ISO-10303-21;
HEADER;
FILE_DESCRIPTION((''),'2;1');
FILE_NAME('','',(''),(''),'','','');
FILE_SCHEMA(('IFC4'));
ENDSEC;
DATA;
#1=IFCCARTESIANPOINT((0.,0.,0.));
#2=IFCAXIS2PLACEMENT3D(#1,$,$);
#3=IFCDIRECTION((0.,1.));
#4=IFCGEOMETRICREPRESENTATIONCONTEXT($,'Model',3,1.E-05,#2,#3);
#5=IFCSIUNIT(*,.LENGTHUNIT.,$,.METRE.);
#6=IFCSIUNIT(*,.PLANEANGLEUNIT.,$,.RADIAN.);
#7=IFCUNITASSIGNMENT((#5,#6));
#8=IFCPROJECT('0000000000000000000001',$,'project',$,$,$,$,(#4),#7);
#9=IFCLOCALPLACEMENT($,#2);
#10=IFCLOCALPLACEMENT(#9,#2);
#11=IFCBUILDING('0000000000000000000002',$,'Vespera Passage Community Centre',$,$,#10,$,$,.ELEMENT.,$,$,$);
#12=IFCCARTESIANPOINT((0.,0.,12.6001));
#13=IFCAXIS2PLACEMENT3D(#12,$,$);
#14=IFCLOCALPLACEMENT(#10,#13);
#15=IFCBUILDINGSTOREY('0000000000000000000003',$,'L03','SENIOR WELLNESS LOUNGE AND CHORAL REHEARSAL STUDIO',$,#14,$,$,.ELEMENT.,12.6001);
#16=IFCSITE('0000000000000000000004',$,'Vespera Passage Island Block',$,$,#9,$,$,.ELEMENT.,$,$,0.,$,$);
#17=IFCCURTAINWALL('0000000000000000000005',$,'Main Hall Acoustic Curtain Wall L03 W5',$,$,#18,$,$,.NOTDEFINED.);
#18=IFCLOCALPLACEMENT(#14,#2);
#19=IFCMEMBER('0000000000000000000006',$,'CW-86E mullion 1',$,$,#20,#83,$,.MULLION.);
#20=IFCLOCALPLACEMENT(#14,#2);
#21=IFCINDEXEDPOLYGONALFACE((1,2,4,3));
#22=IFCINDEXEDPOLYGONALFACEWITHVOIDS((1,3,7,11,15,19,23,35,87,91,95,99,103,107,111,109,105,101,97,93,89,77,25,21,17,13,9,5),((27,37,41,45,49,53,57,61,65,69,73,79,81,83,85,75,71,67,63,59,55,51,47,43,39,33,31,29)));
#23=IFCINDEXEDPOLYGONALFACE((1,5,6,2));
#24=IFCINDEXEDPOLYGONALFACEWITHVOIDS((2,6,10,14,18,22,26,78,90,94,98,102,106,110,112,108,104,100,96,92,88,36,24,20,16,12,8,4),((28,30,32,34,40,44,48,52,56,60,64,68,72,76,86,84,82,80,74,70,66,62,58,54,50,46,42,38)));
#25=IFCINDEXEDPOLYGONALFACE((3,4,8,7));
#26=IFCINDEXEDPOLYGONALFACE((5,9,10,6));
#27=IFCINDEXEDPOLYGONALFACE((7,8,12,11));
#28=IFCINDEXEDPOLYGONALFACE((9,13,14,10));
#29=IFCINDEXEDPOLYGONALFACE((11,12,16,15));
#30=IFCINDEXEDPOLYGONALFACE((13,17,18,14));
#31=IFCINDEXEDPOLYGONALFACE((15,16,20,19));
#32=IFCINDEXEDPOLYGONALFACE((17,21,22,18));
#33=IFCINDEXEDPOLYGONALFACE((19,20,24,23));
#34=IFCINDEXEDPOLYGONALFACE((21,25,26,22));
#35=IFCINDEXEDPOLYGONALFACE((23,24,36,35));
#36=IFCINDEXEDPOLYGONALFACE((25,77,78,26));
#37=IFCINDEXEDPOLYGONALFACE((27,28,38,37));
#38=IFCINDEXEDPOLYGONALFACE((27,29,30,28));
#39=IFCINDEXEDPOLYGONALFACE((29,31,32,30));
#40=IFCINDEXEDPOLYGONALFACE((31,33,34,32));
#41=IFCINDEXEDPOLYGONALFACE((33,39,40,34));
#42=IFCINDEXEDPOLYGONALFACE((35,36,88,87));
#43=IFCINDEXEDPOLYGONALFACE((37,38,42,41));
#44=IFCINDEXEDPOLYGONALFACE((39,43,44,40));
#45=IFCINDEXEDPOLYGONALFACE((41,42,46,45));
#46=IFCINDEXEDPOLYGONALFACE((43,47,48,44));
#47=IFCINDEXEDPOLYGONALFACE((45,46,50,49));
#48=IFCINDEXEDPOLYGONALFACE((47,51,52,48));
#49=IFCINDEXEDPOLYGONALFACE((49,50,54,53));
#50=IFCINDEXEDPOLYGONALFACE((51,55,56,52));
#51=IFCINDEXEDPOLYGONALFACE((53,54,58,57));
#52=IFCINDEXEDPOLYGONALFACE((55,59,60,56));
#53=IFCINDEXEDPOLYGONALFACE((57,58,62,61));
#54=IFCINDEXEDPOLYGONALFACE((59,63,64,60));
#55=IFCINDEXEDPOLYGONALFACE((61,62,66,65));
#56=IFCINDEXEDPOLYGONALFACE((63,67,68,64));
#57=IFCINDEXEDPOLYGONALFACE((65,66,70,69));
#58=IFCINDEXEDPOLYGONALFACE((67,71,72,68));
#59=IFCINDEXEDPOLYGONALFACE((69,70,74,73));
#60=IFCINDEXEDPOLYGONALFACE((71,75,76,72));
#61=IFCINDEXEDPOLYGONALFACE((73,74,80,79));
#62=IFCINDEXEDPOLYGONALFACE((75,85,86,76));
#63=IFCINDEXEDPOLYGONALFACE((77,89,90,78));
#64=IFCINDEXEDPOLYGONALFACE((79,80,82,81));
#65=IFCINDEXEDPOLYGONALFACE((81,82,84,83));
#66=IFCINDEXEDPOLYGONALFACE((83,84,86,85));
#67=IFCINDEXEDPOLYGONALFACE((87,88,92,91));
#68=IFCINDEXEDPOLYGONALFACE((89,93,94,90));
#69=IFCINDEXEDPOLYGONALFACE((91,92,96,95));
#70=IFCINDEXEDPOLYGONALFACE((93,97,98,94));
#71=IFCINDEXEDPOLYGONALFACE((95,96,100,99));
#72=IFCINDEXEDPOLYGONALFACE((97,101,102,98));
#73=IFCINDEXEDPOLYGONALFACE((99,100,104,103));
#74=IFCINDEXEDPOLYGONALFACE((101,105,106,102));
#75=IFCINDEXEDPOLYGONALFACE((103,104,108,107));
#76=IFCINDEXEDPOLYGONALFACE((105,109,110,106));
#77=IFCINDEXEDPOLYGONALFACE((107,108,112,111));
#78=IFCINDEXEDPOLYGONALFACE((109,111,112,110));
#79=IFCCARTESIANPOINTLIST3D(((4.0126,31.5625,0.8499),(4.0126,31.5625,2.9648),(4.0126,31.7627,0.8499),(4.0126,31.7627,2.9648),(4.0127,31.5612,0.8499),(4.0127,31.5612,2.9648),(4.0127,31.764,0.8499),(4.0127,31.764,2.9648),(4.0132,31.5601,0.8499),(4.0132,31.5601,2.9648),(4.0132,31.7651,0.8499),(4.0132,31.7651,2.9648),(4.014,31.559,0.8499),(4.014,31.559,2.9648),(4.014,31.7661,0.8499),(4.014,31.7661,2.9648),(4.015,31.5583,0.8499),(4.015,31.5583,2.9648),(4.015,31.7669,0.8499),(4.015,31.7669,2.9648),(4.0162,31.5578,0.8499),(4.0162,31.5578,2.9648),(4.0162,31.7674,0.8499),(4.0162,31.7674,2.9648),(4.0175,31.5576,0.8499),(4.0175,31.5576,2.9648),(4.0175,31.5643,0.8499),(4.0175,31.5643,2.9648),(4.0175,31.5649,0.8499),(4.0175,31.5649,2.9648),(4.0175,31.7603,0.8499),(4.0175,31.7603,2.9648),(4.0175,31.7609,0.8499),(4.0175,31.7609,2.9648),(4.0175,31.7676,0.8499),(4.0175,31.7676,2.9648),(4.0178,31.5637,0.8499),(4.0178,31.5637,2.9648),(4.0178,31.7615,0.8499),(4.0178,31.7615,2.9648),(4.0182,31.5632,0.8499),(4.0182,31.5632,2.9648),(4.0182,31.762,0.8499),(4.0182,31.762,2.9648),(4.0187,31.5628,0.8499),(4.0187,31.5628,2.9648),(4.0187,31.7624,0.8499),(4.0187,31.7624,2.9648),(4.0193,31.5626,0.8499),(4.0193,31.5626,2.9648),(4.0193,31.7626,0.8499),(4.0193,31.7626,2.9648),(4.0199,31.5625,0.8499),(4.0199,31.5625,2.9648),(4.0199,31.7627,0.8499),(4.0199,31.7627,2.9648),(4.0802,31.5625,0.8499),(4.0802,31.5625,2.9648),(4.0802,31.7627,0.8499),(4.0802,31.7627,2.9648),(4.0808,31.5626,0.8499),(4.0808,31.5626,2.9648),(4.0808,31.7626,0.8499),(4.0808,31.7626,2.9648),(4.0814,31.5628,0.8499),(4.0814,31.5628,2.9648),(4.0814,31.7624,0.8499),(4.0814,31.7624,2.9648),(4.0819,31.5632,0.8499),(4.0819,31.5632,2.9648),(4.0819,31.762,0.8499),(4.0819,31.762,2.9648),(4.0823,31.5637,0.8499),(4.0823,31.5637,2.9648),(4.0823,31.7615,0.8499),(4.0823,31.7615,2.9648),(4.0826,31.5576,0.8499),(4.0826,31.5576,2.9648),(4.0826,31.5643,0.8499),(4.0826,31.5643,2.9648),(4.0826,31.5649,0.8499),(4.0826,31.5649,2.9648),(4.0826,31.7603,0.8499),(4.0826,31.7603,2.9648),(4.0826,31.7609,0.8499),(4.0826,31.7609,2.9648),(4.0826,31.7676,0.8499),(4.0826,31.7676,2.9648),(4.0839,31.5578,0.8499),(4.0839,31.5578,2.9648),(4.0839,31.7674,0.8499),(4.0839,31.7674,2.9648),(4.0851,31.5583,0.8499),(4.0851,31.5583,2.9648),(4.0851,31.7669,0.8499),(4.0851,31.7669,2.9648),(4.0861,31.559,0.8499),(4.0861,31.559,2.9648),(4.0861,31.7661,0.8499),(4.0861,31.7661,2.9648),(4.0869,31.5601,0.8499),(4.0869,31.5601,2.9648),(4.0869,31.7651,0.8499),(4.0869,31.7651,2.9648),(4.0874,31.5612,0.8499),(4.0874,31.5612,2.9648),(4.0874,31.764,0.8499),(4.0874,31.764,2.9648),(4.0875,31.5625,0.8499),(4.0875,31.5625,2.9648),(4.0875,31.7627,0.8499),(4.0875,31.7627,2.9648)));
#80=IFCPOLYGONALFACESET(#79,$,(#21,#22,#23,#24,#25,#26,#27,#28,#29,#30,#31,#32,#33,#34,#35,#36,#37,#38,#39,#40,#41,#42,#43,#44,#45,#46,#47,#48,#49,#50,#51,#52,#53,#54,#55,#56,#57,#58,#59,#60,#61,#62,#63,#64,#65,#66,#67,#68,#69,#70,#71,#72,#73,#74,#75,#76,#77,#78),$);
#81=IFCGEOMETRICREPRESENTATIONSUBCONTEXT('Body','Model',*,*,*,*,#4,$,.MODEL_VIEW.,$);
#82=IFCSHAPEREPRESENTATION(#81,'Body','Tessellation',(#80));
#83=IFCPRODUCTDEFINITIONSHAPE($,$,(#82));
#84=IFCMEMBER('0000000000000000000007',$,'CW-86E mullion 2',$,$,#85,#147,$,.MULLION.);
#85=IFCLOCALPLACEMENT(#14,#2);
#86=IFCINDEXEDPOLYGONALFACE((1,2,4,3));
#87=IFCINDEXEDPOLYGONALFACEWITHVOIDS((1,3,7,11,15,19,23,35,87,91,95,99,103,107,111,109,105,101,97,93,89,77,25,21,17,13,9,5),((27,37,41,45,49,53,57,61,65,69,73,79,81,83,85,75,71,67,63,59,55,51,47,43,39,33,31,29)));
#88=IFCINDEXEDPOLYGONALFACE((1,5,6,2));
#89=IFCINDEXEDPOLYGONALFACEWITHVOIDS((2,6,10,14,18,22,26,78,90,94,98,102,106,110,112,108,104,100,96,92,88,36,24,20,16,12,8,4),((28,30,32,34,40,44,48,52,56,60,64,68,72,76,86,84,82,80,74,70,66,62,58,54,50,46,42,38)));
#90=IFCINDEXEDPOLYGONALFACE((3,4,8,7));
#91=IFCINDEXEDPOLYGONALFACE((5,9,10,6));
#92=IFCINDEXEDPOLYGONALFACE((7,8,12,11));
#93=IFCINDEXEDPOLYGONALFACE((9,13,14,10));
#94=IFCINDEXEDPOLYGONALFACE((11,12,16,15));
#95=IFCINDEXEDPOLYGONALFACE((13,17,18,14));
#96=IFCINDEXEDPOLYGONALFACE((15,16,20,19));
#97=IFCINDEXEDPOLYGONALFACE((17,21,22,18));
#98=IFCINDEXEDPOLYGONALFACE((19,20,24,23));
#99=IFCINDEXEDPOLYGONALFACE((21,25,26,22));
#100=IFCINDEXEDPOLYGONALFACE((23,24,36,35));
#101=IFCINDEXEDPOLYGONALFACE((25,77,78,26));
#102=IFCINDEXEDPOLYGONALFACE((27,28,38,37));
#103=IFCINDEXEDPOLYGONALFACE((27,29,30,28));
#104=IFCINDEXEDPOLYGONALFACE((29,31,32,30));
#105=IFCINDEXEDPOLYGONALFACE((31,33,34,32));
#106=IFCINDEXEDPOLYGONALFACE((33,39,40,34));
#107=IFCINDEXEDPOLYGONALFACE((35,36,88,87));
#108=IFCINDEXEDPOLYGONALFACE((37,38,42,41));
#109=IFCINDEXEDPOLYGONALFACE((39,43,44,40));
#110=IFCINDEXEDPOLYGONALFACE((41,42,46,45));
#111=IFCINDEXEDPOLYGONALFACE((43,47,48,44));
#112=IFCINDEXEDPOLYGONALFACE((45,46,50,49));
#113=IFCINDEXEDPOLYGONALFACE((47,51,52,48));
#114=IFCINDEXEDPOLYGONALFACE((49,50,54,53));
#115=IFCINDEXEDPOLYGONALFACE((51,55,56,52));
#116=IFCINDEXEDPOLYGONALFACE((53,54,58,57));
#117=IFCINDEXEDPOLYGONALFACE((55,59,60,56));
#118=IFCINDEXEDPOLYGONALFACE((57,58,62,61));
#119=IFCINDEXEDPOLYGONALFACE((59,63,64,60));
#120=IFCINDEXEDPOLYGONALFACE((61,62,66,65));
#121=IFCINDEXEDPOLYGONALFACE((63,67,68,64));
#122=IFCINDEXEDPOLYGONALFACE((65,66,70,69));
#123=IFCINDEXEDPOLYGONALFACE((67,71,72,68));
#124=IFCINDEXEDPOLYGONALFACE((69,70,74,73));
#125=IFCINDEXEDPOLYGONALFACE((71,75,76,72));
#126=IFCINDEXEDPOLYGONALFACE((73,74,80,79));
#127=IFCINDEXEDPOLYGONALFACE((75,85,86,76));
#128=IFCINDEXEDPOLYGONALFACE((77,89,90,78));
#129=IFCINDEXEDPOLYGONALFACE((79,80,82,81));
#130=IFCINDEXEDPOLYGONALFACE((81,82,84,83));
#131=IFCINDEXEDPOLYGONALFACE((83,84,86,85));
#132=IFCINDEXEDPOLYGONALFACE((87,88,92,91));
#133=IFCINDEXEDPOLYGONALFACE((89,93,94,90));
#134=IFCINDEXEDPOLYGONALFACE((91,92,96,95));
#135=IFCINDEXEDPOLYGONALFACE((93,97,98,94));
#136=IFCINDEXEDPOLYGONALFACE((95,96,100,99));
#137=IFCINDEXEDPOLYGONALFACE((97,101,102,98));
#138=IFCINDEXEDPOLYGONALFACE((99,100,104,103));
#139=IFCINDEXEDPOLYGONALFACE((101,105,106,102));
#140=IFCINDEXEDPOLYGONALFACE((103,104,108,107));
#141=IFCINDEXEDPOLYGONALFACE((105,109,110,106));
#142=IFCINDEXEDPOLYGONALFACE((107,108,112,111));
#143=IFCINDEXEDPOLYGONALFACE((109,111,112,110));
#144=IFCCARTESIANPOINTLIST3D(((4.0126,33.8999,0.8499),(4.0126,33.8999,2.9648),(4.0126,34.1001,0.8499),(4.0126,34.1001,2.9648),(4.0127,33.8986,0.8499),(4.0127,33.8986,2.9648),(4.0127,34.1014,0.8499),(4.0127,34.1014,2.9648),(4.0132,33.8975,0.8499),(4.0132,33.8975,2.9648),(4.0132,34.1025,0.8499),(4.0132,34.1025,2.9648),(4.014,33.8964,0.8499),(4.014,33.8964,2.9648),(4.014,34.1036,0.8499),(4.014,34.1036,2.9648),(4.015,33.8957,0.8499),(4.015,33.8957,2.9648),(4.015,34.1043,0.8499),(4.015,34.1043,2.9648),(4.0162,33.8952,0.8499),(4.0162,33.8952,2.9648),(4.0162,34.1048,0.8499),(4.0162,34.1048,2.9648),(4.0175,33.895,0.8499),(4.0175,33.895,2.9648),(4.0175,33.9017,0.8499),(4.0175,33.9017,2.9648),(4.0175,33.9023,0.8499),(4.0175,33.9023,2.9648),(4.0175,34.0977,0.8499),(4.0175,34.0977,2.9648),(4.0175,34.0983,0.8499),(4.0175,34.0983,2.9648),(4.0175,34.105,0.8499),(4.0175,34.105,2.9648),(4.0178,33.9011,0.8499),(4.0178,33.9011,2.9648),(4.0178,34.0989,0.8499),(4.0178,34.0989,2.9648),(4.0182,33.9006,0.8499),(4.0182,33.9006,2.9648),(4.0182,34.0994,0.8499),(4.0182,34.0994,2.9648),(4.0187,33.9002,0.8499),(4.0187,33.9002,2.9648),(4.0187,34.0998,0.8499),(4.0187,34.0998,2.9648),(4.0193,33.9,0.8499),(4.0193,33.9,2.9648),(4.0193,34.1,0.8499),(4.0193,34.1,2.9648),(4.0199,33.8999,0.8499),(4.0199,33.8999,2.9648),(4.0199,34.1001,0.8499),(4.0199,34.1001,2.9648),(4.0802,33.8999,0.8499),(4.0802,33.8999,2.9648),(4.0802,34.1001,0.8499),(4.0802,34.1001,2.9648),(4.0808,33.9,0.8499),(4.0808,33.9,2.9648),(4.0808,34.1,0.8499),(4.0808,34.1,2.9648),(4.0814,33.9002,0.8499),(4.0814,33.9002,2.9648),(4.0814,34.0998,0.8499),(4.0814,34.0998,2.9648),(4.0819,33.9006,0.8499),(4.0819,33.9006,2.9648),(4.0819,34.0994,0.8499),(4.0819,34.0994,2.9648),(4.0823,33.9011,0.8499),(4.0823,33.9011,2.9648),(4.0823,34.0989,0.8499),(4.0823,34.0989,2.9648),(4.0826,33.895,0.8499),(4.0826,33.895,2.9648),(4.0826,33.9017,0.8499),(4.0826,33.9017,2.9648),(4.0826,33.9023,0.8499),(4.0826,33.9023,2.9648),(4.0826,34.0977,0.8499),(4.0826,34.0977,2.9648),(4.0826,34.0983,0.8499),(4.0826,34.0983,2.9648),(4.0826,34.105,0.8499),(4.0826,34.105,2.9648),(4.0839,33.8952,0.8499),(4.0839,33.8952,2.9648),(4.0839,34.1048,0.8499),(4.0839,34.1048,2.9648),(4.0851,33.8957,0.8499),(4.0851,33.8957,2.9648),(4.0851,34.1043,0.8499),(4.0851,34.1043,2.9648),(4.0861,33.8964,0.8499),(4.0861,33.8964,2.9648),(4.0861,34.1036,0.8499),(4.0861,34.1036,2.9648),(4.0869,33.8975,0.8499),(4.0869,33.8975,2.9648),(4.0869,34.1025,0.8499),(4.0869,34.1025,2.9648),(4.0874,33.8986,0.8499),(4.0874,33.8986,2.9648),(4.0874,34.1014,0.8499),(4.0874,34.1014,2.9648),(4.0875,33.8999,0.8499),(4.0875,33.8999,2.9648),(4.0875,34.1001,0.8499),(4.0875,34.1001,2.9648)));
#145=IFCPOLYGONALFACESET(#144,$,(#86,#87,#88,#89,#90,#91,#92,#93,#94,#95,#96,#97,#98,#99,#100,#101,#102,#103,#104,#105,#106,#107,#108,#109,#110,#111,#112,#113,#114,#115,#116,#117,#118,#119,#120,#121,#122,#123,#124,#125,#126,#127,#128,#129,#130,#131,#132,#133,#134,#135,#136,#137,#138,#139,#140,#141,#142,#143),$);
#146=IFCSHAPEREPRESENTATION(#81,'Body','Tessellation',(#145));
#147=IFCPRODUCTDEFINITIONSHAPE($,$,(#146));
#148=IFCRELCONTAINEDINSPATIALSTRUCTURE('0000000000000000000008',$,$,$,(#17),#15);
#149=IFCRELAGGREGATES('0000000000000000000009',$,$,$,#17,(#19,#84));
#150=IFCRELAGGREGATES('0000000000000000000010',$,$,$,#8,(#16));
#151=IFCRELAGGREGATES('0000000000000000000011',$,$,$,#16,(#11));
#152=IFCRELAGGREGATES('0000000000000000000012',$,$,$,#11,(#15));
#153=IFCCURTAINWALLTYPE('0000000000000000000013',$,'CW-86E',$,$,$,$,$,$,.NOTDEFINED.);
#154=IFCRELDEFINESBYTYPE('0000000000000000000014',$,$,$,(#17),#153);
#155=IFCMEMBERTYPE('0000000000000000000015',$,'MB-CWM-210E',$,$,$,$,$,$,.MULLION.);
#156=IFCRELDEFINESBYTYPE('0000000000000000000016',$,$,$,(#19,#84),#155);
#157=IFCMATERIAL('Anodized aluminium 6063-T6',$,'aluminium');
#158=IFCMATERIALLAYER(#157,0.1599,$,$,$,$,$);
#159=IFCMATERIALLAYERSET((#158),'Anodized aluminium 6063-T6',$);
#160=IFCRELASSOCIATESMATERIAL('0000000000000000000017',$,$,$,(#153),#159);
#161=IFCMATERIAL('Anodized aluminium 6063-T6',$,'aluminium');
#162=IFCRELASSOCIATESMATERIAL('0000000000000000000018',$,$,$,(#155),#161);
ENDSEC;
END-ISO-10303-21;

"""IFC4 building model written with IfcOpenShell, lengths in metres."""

from ifc_helpers import new_model, si_unit, direction, frame, origin, origin_2d, place, context, subcontext, project, spatial, hollow_rectangle, extrude, material, layer, layer_set, material_profile, profile_set, type_object, element, aggregate, save


model = new_model("IFC4")

# Units and contexts
model_context = context("Model", 3, precision=1e-05, world=origin(), true_north=direction((0.0, 1.0)))
body_context = subcontext(model_context, "Body", "Model", "MODEL_VIEW")
ifc_project = project(units=[si_unit("LENGTHUNIT", "METRE"), si_unit("PLANEANGLEUNIT", "RADIAN")], contexts=[model_context])

# Site, building, storey
site_placement = place(None, origin())
site = spatial("IfcSite", under=ifc_project, at=site_placement, Name="Vespera Passage Island Block", CompositionType="ELEMENT", RefElevation=0.0)
building_placement = place(site_placement, origin())
building = spatial("IfcBuilding", under=site, at=building_placement, Name="Vespera Passage Community Centre", CompositionType="ELEMENT")
storey_placement = place(building_placement, frame((0.0, 0.0, 12.6001)))
storey = spatial("IfcBuildingStorey", under=building, at=storey_placement, Name="L03", Description="SENIOR WELLNESS LOUNGE AND CHORAL REHEARSAL STUDIO", CompositionType="ELEMENT", Elevation=12.6001)

# Curtain wall, members
ifc_material_1 = material(Name="Anodized aluminium 6063-T6", Category="aluminium")
ifc_layer_1 = layer(ifc_material_1, 0.1599)
ifc_layer_set_1 = layer_set([ifc_layer_1], Name="Anodized aluminium 6063-T6")
curtain_wall_type = type_object("IfcCurtainWallType", Name="CW-86E", PredefinedType="NOTDEFINED", material=ifc_layer_set_1)
curtain_wall_placement = place(storey_placement, origin())
curtain_wall = element("IfcCurtainWall", 1, at=curtain_wall_placement, inside=storey, type_object=curtain_wall_type, Name="Main Hall Acoustic Curtain Wall L03 W5", PredefinedType="NOTDEFINED")
ifc_material_2 = material(Name="Anodized aluminium 6063-T6", Category="aluminium")
ifc_material_profile_1 = material_profile(ifc_material_2, hollow_rectangle(XDim=0.075, YDim=0.21, WallThickness=0.0049, InnerFilletRadius=0.0024, OuterFilletRadius=0.0049, at=origin_2d()), Name="ALU210X75X5")
ifc_profile_set_1 = profile_set([ifc_material_profile_1], Name="Anodized aluminium 6063-T6")
member_type_1 = type_object("IfcMemberType", Name="MB-CWM-210E", PredefinedType="MULLION", material=ifc_profile_set_1)
member_1_placement = place(storey_placement, frame((4.05, 31.6626, 0.8499), z_axis=(0.0, 0.0, 1.0), x_axis=(-1.0, 0.0, 0.0)))
member_1 = element("IfcMember", 2, at=member_1_placement, type_object=member_type_1, Name="CW-86E mullion 1", PredefinedType="MULLION", context=body_context, shape_type="SweptSolid", body=[
    extrude(hollow_rectangle(XDim=0.075, YDim=0.21, WallThickness=0.0049, InnerFilletRadius=0.0024, OuterFilletRadius=0.0049, at=origin_2d()), origin(), (0.0, 0.0, 1.0), 2.115),
])
member_2_placement = place(storey_placement, frame((4.05, 34.0, 0.8499), z_axis=(0.0, 0.0, 1.0), x_axis=(-1.0, 0.0, 0.0)))
member_2 = element("IfcMember", 3, at=member_2_placement, type_object=member_type_1, Name="CW-86E mullion 2", PredefinedType="MULLION", context=body_context, shape_type="SweptSolid", body=[
    extrude(hollow_rectangle(XDim=0.075, YDim=0.21, WallThickness=0.0049, InnerFilletRadius=0.0024, OuterFilletRadius=0.0049, at=origin_2d()), origin(), (0.0, 0.0, 1.0), 2.115),
])
aggregate(curtain_wall, [member_1, member_2])

save(model, "model.ifc")
